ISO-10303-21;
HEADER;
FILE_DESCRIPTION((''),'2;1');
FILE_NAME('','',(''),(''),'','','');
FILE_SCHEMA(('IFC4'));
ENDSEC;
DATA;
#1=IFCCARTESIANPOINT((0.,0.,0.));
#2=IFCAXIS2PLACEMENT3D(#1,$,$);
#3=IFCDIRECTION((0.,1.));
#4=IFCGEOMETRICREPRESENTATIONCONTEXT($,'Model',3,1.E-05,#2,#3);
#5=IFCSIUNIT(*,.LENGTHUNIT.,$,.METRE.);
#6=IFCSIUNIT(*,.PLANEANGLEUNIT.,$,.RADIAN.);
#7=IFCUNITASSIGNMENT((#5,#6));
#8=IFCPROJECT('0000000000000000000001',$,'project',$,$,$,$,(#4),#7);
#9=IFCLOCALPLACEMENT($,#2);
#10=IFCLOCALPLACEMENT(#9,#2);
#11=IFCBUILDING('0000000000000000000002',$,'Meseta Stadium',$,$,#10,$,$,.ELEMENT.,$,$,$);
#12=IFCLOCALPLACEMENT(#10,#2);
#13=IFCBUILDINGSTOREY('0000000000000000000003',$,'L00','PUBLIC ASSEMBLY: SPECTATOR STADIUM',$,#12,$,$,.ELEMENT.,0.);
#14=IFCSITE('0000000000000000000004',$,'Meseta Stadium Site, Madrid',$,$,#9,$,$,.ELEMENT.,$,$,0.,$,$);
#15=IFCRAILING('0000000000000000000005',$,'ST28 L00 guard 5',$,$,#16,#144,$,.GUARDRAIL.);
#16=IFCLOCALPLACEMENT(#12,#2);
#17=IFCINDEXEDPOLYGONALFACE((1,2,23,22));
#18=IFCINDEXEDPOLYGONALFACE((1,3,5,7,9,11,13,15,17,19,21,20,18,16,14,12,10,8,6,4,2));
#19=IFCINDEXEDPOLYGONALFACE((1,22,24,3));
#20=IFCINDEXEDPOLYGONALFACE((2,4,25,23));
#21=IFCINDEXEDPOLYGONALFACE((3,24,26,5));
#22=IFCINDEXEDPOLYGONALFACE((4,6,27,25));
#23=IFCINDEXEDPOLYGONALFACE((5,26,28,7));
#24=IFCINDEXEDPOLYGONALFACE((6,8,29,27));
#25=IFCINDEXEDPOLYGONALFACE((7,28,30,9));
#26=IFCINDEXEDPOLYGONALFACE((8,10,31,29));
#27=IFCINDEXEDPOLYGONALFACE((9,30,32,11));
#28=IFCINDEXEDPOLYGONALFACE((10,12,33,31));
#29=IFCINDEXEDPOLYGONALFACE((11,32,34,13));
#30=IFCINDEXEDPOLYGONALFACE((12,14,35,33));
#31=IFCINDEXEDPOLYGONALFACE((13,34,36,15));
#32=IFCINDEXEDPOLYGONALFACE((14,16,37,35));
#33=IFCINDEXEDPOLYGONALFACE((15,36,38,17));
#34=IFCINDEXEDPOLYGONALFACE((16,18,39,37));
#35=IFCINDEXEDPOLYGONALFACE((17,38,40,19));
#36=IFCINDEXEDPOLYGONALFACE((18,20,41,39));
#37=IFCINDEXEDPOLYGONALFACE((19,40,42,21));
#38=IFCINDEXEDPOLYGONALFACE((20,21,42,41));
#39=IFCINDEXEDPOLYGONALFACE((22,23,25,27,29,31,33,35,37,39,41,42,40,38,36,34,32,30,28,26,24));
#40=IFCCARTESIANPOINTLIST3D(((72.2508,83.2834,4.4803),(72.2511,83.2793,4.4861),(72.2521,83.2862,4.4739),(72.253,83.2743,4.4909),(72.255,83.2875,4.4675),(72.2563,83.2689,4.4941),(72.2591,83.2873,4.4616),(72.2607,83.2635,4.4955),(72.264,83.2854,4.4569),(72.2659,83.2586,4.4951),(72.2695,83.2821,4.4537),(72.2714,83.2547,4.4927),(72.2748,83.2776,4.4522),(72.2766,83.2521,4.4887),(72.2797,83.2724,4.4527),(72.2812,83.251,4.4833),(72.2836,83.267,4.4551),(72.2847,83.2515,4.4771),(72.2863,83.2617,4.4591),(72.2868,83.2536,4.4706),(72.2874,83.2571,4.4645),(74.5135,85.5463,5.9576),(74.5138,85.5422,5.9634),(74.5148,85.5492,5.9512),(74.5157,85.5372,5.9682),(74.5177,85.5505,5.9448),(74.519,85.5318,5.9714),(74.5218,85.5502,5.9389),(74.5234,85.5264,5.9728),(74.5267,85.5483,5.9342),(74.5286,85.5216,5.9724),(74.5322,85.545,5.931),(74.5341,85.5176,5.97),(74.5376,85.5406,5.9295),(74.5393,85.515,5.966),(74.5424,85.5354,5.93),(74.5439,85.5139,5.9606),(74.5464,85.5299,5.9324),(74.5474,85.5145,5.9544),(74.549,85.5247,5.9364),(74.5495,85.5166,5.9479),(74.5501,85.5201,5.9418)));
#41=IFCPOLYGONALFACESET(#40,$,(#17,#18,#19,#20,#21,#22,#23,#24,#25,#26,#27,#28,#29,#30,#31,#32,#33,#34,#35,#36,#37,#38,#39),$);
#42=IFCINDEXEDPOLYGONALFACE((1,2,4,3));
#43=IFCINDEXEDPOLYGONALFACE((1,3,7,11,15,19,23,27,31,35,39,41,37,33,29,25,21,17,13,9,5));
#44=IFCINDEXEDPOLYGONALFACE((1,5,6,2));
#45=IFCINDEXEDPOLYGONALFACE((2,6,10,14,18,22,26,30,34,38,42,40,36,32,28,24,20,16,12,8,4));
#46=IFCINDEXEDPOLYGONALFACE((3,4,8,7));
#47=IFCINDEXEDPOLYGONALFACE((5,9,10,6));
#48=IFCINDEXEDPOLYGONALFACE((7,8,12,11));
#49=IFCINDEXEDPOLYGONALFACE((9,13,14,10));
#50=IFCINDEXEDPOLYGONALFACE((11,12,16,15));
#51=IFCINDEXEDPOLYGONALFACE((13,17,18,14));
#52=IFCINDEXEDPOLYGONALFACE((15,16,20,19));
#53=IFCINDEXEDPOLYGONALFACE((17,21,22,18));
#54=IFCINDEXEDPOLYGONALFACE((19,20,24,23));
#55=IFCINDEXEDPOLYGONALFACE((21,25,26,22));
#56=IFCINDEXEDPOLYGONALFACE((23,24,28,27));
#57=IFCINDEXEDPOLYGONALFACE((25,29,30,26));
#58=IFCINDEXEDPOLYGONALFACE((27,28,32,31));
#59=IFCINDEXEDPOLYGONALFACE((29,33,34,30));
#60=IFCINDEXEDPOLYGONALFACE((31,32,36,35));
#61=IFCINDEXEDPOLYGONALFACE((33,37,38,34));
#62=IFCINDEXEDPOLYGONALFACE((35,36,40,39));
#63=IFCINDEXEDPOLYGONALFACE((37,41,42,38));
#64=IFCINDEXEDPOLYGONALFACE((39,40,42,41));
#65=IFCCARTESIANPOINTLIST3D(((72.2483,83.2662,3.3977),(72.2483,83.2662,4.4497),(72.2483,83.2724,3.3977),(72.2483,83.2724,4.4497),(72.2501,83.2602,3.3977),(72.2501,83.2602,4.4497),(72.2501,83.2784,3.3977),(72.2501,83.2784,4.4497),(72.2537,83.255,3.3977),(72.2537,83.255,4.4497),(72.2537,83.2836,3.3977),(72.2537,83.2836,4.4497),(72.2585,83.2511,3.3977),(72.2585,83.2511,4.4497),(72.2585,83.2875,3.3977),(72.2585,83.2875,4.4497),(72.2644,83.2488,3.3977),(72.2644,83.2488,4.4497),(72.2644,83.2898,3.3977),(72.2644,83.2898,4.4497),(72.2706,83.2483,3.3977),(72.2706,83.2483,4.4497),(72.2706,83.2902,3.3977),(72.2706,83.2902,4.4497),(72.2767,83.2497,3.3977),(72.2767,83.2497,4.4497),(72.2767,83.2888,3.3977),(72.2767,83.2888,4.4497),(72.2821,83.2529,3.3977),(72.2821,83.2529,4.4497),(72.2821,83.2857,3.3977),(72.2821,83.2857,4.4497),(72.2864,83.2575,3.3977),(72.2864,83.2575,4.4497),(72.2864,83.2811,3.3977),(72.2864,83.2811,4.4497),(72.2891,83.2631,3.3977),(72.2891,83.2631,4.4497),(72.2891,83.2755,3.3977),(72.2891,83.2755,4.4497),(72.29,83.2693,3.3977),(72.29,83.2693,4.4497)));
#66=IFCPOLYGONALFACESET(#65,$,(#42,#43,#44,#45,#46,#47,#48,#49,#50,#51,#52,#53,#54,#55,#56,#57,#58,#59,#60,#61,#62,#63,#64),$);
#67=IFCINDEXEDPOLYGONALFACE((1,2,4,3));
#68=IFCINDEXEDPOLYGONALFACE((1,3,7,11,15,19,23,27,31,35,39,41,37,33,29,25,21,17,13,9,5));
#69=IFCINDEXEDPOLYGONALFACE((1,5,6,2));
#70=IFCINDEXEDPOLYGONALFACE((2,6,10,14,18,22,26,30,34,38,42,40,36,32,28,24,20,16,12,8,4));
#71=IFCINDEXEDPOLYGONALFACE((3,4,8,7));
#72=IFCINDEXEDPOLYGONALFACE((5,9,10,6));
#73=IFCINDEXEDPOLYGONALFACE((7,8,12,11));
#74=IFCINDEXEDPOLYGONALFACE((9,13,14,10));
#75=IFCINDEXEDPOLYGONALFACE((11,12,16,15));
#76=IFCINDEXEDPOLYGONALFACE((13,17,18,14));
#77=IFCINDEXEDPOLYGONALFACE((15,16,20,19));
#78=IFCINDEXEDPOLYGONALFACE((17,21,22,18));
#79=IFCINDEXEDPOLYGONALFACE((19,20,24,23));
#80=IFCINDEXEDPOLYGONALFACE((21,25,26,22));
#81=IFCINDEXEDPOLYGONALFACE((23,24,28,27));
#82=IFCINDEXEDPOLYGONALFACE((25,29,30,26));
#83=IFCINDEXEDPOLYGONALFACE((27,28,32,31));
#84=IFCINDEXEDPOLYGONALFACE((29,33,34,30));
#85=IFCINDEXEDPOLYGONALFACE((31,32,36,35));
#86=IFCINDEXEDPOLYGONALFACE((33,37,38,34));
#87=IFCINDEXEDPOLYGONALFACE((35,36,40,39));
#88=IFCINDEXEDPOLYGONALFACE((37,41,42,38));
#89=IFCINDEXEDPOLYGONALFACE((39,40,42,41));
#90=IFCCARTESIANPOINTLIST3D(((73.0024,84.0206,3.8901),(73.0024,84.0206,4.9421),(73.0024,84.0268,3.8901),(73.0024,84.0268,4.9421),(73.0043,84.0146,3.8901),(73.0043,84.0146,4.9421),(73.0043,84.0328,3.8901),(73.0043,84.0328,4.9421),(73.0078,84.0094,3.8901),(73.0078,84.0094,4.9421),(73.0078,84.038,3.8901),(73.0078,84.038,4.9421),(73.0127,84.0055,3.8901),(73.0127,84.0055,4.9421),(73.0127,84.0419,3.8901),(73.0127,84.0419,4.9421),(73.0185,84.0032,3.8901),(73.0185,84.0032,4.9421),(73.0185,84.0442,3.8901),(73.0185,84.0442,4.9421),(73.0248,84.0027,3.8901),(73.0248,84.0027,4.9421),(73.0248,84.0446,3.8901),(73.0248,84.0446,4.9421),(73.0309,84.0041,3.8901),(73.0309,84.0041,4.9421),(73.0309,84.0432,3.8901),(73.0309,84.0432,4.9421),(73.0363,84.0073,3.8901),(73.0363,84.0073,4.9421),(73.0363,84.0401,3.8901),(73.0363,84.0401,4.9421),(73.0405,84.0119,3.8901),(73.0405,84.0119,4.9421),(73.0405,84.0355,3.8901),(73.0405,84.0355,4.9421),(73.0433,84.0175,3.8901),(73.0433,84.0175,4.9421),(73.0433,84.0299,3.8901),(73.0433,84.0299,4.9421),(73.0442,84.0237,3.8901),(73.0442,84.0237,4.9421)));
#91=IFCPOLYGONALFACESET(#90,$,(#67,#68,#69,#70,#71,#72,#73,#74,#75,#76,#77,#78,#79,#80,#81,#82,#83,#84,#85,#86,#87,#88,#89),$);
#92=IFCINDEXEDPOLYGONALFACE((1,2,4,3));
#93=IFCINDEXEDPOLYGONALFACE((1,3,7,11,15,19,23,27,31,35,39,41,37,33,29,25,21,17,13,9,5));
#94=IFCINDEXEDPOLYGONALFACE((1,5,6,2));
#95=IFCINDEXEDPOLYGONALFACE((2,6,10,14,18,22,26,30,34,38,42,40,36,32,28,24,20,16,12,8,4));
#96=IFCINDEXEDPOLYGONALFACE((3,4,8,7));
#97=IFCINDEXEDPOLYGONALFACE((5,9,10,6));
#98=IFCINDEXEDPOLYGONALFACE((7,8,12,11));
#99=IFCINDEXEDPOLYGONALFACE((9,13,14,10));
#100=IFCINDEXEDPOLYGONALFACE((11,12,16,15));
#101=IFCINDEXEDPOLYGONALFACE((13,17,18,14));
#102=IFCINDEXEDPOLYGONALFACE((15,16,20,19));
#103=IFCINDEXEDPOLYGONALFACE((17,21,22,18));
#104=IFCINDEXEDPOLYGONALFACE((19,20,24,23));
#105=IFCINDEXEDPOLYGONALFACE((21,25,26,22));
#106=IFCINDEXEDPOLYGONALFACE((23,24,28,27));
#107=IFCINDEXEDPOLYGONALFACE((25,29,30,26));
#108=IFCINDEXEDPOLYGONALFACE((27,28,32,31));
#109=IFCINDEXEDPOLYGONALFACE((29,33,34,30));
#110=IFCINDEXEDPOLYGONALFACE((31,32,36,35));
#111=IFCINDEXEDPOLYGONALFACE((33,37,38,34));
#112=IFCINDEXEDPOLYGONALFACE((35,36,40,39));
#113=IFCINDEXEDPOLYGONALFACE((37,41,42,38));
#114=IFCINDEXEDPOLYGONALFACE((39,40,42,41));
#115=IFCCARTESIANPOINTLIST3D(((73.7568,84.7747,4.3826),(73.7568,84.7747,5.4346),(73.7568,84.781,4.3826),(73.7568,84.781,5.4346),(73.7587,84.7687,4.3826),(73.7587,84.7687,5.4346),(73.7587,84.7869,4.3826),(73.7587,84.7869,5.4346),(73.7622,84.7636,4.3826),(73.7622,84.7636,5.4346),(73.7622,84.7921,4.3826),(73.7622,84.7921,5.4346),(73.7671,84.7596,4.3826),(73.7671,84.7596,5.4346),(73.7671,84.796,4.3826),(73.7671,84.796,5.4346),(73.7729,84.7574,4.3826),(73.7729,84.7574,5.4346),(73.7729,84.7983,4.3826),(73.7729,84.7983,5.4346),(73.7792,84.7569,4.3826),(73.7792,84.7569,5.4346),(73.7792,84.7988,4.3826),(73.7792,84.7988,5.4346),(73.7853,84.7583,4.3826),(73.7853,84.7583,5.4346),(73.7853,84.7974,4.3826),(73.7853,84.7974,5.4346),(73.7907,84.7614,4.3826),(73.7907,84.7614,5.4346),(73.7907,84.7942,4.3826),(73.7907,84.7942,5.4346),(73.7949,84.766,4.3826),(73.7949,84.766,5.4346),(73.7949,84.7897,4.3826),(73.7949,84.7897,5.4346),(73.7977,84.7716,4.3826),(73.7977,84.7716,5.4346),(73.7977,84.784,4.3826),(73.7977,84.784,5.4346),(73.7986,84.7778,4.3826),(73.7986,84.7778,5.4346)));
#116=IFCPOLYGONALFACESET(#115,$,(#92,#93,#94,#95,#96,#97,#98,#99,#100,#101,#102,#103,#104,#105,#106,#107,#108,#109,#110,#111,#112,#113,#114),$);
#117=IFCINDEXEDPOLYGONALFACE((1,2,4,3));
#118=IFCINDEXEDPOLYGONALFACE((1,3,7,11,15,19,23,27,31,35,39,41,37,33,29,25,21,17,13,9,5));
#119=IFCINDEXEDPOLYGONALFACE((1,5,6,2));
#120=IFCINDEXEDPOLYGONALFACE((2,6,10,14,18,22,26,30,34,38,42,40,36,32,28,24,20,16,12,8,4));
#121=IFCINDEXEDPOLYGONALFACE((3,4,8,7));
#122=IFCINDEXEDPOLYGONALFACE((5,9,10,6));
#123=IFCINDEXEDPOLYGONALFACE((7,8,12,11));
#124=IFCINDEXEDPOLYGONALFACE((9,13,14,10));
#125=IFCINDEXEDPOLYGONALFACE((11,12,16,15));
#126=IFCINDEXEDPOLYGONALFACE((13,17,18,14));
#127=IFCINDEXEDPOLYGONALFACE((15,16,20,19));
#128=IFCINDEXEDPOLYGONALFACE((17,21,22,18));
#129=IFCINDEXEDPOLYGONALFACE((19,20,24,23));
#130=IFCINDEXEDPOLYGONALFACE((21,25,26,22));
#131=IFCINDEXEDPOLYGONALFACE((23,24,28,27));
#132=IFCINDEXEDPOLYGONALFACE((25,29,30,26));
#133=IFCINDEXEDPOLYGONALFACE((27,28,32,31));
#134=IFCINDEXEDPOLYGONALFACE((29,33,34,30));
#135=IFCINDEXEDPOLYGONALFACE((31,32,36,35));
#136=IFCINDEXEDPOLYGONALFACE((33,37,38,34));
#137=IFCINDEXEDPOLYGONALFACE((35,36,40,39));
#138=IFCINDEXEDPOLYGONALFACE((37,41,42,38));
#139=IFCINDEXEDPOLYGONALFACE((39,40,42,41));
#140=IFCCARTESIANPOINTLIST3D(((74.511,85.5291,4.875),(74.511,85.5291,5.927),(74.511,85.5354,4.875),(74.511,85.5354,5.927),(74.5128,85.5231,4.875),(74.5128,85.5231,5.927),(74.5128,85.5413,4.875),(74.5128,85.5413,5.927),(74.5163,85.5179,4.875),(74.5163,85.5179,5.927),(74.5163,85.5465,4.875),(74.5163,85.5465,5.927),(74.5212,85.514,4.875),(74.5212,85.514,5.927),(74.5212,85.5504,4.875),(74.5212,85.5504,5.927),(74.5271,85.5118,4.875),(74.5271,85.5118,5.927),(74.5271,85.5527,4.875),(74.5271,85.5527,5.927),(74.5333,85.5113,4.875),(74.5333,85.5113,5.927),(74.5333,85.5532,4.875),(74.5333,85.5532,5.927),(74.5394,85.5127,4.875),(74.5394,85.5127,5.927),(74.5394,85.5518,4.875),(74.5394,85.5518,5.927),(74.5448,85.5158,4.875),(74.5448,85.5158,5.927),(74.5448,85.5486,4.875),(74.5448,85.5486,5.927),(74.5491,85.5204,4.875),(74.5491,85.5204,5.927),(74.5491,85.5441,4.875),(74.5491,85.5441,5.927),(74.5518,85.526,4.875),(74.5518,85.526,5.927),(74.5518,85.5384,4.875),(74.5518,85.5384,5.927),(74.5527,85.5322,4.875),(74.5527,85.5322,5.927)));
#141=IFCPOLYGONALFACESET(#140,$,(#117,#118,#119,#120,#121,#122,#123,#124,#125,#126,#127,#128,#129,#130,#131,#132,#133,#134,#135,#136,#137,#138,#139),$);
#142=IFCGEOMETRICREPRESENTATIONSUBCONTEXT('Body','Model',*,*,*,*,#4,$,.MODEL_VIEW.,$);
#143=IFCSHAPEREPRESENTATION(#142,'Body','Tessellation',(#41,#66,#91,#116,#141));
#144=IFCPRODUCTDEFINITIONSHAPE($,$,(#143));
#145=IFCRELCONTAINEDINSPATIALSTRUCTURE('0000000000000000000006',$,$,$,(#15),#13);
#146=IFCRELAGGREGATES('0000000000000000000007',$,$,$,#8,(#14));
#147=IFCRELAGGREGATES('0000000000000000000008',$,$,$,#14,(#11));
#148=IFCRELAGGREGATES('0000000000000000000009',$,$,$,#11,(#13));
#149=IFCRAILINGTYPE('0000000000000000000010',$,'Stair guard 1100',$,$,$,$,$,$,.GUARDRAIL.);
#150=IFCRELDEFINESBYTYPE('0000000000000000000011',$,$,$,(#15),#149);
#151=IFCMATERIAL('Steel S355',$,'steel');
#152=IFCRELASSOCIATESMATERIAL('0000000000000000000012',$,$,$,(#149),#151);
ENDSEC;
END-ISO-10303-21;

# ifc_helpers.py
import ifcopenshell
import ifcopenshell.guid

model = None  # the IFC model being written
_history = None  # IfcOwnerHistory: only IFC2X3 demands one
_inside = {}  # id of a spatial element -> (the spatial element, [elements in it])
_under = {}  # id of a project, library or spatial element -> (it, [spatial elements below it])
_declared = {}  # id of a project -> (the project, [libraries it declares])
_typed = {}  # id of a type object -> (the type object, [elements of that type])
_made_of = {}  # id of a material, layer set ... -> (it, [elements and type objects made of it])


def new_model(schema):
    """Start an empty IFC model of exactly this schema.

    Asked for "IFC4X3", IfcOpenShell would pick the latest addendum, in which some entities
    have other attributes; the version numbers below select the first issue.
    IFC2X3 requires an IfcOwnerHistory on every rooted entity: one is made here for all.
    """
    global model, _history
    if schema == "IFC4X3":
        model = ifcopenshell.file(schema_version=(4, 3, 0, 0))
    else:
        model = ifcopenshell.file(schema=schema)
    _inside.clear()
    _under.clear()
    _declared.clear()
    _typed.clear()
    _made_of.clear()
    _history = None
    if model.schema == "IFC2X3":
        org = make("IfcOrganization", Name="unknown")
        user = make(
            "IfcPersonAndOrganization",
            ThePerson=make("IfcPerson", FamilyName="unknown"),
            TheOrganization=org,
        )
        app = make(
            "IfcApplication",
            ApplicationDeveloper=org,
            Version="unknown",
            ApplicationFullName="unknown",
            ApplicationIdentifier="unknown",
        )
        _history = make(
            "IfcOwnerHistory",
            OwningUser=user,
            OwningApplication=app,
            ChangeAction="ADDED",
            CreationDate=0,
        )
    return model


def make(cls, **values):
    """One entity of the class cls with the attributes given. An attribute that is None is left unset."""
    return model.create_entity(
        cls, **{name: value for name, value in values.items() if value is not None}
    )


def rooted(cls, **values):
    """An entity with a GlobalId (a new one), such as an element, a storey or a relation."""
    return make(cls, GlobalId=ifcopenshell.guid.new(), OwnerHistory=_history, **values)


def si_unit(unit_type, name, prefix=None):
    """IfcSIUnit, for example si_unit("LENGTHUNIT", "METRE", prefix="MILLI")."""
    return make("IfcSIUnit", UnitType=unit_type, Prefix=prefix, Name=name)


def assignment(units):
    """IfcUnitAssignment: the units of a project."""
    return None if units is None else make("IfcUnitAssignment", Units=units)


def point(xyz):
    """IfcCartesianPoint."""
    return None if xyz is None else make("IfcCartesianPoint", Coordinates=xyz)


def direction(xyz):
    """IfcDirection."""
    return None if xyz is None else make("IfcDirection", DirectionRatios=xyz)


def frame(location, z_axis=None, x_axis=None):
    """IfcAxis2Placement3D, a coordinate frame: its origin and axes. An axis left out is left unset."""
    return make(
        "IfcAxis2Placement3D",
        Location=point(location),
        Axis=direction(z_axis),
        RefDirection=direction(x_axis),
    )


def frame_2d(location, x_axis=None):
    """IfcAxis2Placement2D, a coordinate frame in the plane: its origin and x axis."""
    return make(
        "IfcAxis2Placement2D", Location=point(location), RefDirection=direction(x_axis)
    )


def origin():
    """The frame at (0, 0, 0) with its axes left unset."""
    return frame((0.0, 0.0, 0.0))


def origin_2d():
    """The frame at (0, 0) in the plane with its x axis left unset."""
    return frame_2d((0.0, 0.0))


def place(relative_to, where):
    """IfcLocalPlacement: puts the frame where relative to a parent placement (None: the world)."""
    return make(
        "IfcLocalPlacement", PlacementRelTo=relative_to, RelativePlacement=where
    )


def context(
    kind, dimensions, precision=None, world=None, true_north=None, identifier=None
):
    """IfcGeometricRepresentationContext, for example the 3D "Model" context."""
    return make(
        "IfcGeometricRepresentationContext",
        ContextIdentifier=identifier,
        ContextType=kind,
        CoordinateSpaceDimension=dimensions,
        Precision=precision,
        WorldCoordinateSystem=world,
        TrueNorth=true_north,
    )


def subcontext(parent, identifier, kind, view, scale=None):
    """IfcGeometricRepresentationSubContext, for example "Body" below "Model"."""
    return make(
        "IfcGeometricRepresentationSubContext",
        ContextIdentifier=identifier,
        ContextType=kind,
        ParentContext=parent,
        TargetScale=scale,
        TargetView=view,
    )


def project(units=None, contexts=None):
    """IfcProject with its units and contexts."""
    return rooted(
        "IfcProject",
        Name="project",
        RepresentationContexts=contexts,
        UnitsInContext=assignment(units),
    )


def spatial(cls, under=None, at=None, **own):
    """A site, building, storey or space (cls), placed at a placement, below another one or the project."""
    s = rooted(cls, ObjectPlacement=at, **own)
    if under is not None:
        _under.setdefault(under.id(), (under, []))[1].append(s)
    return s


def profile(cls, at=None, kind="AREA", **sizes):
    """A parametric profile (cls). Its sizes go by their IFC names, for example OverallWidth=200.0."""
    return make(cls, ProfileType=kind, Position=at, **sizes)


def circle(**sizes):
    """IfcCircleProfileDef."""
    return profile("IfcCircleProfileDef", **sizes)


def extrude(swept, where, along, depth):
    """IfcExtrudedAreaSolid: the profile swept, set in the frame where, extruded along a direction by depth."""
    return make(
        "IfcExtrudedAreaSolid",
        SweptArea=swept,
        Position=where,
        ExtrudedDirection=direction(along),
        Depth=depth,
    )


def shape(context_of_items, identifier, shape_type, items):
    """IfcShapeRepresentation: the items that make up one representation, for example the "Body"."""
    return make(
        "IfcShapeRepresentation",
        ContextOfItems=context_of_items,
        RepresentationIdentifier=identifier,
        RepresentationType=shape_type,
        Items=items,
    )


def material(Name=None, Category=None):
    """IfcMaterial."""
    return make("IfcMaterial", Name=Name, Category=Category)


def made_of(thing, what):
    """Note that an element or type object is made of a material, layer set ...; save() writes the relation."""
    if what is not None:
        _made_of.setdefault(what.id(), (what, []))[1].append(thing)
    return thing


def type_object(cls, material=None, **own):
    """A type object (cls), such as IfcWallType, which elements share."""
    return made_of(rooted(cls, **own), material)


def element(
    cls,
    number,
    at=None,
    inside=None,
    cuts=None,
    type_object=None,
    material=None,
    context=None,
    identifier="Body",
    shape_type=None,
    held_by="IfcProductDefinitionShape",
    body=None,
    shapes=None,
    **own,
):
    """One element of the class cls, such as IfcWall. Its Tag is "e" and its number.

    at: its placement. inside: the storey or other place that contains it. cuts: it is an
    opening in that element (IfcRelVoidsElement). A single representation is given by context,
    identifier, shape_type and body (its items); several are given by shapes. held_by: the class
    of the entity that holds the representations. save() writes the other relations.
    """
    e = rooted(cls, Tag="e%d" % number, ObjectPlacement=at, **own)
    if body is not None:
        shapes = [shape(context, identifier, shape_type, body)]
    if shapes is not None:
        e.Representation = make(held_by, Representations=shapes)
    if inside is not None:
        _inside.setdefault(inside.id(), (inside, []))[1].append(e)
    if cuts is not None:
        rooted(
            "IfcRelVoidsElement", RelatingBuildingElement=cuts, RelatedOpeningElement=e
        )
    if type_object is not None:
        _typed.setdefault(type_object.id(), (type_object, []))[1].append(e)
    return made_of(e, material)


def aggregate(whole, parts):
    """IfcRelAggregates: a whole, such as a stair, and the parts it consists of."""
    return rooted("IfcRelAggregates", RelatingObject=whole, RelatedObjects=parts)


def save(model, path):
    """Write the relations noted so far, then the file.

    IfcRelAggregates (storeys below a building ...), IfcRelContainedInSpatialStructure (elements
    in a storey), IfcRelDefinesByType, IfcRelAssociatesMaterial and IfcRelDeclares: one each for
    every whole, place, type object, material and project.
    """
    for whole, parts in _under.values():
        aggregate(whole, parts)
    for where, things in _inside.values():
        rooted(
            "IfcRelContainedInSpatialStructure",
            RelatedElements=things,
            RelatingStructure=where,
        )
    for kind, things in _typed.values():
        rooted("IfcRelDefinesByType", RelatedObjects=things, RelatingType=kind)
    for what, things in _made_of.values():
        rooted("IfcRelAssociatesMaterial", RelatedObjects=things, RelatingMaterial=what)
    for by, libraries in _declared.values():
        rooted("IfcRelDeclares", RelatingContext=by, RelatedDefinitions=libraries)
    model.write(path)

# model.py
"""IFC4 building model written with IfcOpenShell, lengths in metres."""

from ifc_helpers import new_model, si_unit, direction, frame, origin, origin_2d, place, context, subcontext, project, spatial, circle, extrude, material, type_object, element, save


model = new_model("IFC4")

# Units and contexts
model_context = context("Model", 3, precision=1e-05, world=origin(), true_north=direction((0.0, 1.0)))
body_context = subcontext(model_context, "Body", "Model", "MODEL_VIEW")
ifc_project = project(units=[si_unit("LENGTHUNIT", "METRE"), si_unit("PLANEANGLEUNIT", "RADIAN")], contexts=[model_context])

# Site, building, storey
site_placement = place(None, origin())
site = spatial("IfcSite", under=ifc_project, at=site_placement, Name="Meseta Stadium Site, Madrid", CompositionType="ELEMENT", RefElevation=0.0)
building_placement = place(site_placement, origin())
building = spatial("IfcBuilding", under=site, at=building_placement, Name="Meseta Stadium", CompositionType="ELEMENT")
storey_placement = place(building_placement, origin())
storey = spatial("IfcBuildingStorey", under=building, at=storey_placement, Name="L00", Description="PUBLIC ASSEMBLY: SPECTATOR STADIUM", CompositionType="ELEMENT", Elevation=0.0)

# Railing
ifc_material_1 = material(Name="Steel S355", Category="steel")
railing_type_1 = type_object("IfcRailingType", Name="Stair guard 1100", PredefinedType="GUARDRAIL", material=ifc_material_1)
railing_1_placement = place(storey_placement, frame((72.269, 83.2693, 3.3977)))
element("IfcRailing", 1, at=railing_1_placement, inside=storey, type_object=railing_type_1, Name="ST28 L00 guard 5", PredefinedType="GUARDRAIL", context=body_context, shape_type="SweptSolid", body=[
    extrude(circle(Radius=0.0239, at=origin_2d()), frame((0.0, 0.0, 1.0762), z_axis=(0.641965, 0.642034, 0.419134), x_axis=(-0.707145, 0.707069, 0.0)), (0.0, 0.0, 1.0), 3.5247),
    extrude(circle(Radius=0.021, at=origin_2d()), origin(), (0.0, 0.0, 1.0), 1.052),
    extrude(circle(Radius=0.021, at=origin_2d()), frame((0.7542, 0.7544, 0.4924)), (0.0, 0.0, 1.0), 1.052),
    extrude(circle(Radius=0.021, at=origin_2d()), frame((1.5085, 1.5085, 0.9849)), (0.0, 0.0, 1.0), 1.052),
    extrude(circle(Radius=0.021, at=origin_2d()), frame((2.2627, 2.2629, 1.4773)), (0.0, 0.0, 1.0), 1.052),
])

save(model, "model.ifc")
